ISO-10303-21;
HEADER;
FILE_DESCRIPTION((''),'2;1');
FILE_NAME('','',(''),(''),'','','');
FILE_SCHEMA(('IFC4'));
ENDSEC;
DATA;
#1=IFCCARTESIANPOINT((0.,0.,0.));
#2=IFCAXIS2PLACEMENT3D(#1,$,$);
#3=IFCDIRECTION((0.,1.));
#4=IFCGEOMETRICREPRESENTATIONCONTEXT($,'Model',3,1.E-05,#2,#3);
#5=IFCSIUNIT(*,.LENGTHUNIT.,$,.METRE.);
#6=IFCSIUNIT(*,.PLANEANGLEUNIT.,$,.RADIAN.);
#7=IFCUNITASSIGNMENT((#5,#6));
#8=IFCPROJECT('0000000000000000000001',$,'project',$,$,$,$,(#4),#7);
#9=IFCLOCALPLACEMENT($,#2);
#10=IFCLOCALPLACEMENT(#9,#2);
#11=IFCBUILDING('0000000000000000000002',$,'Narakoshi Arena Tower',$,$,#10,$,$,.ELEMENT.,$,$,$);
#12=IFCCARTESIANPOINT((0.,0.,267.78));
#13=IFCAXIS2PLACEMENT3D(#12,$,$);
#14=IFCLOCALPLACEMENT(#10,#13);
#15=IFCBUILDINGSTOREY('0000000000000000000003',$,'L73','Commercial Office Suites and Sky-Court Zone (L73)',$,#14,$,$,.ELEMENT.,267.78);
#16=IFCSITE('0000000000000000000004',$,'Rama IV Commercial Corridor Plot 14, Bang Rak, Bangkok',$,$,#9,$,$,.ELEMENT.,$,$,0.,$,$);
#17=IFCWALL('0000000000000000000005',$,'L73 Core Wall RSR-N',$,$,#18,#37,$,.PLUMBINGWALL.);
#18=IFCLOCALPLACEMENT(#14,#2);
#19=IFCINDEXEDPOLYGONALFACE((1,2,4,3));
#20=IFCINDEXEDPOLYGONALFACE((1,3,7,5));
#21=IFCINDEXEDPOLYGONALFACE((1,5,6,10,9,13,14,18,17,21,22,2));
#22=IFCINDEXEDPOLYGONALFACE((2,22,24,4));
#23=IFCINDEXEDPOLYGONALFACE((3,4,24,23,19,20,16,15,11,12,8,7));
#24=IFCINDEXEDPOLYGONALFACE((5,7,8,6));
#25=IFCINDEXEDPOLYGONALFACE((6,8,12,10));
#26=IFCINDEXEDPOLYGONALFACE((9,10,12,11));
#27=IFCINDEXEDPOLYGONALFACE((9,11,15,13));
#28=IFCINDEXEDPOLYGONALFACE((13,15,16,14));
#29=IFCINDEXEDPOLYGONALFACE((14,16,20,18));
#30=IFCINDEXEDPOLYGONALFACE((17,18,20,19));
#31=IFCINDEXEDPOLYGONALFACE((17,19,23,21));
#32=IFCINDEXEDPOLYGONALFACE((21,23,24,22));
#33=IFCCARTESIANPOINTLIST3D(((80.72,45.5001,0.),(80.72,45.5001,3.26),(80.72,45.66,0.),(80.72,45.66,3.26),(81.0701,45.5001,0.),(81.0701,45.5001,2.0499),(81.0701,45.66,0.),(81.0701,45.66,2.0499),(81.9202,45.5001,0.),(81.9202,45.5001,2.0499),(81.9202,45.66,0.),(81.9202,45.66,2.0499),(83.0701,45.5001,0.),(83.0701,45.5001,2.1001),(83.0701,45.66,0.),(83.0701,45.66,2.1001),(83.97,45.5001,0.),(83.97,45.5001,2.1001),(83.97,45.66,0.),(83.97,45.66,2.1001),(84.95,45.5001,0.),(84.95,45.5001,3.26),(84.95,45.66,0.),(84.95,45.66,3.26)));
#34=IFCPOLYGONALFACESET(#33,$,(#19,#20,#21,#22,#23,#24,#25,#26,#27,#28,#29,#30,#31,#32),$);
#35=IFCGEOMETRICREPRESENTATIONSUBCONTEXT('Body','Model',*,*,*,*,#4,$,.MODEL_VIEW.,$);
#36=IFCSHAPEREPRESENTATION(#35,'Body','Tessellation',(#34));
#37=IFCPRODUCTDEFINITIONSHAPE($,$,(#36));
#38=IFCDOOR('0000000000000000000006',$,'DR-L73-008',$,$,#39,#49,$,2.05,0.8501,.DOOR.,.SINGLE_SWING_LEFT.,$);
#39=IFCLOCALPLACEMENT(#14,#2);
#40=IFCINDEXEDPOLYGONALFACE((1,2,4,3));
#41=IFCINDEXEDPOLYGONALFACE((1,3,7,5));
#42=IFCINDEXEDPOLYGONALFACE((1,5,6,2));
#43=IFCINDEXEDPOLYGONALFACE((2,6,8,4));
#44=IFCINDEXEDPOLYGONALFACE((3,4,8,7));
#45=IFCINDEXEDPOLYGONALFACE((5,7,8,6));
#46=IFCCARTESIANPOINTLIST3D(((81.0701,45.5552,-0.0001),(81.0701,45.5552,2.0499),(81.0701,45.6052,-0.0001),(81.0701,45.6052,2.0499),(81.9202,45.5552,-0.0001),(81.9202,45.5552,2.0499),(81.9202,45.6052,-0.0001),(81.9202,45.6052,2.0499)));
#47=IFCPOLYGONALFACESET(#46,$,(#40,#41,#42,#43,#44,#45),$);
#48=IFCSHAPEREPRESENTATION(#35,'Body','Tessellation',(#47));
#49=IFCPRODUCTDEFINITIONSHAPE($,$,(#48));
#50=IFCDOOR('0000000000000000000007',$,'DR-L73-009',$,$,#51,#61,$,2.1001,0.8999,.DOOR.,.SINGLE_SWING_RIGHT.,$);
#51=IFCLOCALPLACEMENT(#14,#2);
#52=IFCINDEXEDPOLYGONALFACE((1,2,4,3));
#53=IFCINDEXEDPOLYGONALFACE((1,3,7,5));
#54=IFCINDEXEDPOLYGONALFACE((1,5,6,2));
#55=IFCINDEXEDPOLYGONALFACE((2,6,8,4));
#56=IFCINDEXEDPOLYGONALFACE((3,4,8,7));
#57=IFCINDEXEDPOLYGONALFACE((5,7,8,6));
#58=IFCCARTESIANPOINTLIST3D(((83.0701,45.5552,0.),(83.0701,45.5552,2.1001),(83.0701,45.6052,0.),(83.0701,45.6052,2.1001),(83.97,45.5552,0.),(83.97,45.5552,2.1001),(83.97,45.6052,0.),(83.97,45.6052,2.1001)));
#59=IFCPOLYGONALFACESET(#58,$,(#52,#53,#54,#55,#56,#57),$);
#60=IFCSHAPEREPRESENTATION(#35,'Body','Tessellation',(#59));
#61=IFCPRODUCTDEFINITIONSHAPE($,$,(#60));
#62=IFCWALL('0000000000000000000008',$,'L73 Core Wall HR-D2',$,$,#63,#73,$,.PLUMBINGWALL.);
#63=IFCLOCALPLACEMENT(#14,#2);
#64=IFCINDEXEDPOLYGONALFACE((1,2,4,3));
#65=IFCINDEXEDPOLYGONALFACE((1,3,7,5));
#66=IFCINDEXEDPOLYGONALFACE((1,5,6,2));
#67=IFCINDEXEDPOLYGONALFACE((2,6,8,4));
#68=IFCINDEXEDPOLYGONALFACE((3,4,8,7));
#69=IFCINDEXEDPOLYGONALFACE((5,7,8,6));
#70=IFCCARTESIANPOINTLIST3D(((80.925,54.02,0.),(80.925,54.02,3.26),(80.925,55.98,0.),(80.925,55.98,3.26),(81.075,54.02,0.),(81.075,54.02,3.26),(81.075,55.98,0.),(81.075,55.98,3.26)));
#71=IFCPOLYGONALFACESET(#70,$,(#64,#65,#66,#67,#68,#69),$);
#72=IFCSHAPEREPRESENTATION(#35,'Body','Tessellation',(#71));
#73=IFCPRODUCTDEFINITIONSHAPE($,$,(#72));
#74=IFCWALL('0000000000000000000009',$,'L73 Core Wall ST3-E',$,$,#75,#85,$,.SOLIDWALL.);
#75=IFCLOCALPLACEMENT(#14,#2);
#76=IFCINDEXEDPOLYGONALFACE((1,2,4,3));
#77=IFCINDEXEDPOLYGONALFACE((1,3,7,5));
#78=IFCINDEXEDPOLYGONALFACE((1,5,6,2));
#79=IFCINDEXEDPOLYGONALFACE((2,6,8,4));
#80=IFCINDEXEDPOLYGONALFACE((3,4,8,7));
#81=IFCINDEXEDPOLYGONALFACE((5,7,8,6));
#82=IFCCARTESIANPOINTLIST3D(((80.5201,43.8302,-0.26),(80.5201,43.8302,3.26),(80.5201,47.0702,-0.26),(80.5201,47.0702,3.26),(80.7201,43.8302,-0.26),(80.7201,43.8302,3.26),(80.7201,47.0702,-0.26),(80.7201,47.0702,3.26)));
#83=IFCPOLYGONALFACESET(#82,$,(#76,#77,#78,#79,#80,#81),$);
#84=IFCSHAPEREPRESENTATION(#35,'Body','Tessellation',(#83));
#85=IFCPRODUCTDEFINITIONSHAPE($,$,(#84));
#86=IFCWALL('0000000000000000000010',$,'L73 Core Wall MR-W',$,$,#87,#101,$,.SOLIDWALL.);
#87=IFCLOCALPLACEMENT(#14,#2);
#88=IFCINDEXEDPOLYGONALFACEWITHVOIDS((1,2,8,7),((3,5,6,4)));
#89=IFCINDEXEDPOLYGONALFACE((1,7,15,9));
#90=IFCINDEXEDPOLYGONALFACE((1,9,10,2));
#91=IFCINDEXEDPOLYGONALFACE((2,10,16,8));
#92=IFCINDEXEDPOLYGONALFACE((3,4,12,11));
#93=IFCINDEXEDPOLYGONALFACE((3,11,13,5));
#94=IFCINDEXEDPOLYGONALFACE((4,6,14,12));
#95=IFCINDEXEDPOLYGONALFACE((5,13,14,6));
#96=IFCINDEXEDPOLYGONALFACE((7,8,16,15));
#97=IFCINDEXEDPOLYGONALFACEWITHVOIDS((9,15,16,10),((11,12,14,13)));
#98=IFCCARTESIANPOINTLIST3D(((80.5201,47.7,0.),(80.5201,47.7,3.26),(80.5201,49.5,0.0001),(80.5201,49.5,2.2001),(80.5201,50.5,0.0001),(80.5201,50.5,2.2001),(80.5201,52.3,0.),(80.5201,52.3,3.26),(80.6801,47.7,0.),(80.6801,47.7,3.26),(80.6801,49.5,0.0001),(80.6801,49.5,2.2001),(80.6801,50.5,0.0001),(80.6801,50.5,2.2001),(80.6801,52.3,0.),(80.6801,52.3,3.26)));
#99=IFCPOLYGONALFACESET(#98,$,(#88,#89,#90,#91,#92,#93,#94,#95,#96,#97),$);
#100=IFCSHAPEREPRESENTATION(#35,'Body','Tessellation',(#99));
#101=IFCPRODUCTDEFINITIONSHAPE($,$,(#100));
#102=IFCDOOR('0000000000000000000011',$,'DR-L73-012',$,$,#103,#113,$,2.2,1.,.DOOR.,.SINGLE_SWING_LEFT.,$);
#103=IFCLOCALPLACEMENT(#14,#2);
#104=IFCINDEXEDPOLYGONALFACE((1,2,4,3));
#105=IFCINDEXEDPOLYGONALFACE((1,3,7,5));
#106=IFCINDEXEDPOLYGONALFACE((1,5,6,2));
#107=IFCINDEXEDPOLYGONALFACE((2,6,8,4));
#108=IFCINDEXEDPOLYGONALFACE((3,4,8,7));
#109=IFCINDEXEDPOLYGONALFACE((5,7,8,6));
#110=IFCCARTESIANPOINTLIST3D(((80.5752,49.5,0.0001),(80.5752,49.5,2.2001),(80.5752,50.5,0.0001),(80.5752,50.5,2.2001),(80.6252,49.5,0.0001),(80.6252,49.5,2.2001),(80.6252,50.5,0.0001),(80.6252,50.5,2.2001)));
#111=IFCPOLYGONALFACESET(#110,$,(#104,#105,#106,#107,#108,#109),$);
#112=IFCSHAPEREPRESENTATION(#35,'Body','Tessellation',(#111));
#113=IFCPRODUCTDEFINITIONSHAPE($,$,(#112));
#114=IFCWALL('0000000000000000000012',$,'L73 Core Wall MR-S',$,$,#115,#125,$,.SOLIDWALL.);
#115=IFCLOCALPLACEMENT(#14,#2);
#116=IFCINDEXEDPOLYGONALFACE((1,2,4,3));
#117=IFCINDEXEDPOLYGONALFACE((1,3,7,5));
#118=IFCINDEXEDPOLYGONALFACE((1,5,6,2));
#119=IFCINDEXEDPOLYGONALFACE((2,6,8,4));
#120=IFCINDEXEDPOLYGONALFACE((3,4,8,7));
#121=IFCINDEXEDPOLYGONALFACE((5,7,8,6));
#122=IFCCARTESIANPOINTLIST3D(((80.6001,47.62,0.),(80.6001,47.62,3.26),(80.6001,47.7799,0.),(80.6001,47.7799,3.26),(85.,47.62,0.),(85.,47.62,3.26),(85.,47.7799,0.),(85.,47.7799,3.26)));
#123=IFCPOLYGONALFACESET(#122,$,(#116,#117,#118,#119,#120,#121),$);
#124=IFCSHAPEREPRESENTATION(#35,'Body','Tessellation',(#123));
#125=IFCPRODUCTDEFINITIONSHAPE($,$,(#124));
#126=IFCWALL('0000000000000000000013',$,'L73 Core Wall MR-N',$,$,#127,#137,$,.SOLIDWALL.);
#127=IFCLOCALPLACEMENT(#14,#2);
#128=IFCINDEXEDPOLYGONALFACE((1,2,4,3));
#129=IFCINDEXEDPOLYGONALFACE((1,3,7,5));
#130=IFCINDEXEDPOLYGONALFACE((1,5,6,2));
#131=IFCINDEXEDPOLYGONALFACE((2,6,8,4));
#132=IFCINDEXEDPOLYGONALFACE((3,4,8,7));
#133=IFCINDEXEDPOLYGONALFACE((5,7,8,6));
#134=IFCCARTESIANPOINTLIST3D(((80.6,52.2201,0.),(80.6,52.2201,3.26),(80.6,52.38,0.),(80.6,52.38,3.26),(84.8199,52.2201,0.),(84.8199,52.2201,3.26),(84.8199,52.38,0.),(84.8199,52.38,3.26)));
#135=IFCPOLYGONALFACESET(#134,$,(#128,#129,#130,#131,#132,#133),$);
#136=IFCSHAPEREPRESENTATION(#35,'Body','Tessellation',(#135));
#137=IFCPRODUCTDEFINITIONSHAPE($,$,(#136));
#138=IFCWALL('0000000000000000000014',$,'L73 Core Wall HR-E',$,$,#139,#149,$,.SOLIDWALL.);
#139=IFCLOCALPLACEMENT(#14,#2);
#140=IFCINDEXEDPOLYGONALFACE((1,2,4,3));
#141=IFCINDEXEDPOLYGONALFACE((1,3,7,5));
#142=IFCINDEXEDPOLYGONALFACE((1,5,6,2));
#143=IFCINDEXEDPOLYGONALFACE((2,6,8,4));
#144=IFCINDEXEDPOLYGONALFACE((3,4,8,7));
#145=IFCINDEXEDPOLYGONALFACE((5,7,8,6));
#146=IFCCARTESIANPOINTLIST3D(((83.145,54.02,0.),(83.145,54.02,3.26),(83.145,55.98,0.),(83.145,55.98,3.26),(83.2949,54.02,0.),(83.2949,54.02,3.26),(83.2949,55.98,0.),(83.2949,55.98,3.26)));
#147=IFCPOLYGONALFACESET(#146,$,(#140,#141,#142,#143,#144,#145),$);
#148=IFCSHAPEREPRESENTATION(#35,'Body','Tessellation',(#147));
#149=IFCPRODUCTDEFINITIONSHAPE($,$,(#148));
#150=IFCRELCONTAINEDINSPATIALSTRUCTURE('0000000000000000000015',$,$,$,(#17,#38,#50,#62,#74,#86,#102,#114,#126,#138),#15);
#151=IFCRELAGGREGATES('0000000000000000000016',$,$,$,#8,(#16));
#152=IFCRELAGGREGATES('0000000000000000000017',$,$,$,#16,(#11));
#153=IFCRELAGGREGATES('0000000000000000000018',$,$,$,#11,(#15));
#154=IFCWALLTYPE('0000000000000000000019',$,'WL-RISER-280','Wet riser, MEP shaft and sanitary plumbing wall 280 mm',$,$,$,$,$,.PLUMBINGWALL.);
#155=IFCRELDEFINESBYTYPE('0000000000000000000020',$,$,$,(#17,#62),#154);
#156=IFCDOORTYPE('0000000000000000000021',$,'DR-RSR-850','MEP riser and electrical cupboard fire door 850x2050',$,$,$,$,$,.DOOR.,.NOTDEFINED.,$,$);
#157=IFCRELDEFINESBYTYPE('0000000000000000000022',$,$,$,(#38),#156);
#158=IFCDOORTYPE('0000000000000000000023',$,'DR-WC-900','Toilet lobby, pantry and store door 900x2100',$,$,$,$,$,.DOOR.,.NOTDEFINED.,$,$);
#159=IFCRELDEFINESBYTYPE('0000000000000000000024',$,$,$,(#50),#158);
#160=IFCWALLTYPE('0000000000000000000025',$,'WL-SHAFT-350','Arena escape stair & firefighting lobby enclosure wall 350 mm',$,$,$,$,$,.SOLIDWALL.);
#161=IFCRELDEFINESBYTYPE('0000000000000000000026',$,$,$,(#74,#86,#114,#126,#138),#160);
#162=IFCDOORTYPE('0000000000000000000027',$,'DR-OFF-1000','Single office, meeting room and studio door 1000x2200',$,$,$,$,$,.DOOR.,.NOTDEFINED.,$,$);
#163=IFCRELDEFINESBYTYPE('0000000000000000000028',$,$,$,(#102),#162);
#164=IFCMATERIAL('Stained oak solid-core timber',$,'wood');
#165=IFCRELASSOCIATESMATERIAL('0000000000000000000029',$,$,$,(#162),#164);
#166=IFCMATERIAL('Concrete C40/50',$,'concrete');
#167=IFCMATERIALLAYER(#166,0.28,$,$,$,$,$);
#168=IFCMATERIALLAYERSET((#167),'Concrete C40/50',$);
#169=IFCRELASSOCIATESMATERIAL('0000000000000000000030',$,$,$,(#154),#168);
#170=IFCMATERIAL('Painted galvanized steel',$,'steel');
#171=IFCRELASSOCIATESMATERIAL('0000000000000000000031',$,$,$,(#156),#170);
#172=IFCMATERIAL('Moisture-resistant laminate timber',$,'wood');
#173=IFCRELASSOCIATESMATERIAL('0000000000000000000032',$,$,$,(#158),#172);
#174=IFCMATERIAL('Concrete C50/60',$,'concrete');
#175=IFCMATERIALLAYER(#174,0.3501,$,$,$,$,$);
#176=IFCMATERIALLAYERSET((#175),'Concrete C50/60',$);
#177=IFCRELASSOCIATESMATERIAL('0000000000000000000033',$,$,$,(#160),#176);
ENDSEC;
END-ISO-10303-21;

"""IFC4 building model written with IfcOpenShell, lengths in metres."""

from ifc_helpers import new_model, si_unit, direction, frame, frame_2d, origin, place, context, subcontext, project, spatial, rectangle, extrude, material, layer, layer_set, type_object, element, fill, save


model = new_model("IFC4")

# Units and contexts
model_context = context("Model", 3, precision=1e-05, world=origin(), true_north=direction((0.0, 1.0)))
body_context = subcontext(model_context, "Body", "Model", "MODEL_VIEW")
ifc_project = project(units=[si_unit("LENGTHUNIT", "METRE"), si_unit("PLANEANGLEUNIT", "RADIAN")], contexts=[model_context])

# Site, building, storey
site_placement = place(None, origin())
site = spatial("IfcSite", under=ifc_project, at=site_placement, Name="Rama IV Commercial Corridor Plot 14, Bang Rak, Bangkok", CompositionType="ELEMENT", RefElevation=0.0)
building_placement = place(site_placement, origin())
building = spatial("IfcBuilding", under=site, at=building_placement, Name="Narakoshi Arena Tower", CompositionType="ELEMENT")
storey_placement = place(building_placement, frame((0.0, 0.0, 267.78)))
storey = spatial("IfcBuildingStorey", under=building, at=storey_placement, Name="L73", Description="Commercial Office Suites and Sky-Court Zone (L73)", CompositionType="ELEMENT", Elevation=267.78)

# Shared definitions
ifc_material_1 = material(Name="Concrete C50/60", Category="concrete")

# Shared definitions
ifc_material_2 = material(Name="Stained oak solid-core timber", Category="wood")
door_type_1 = type_object("IfcDoorType", Name="DR-OFF-1000", Description="Single office, meeting room and studio door 1000x2200", OperationType="NOTDEFINED", PredefinedType="DOOR", material=ifc_material_2)

# Shared definitions
ifc_material_3 = material(Name="Concrete C40/50", Category="concrete")
ifc_layer_1 = layer(ifc_material_3, 0.28)
ifc_layer_set_1 = layer_set([ifc_layer_1], Name="Concrete C40/50")
wall_type_1 = type_object("IfcWallType", Name="WL-RISER-280", Description="Wet riser, MEP shaft and sanitary plumbing wall 280 mm", PredefinedType="PLUMBINGWALL", material=ifc_layer_set_1)

# Wall, openings, doors
wall_1_placement = place(storey_placement, frame((80.72, 45.5801, 0.0), z_axis=(0.0, 0.0, 1.0), x_axis=(1.0, 0.0, 0.0)))
wall_1 = element("IfcWall", 1, at=wall_1_placement, inside=storey, type_object=wall_type_1, Name="L73 Core Wall RSR-N", PredefinedType="PLUMBINGWALL", context=body_context, shape_type="SweptSolid", body=[
    extrude(rectangle(XDim=4.23, YDim=0.1599, at=frame_2d((2.115, 0.0))), origin(), (0.0, 0.0, 1.0), 3.26),
])
opening_1_placement = place(wall_1_placement, frame((0.3501, 0.0, 0.0)))
opening_1 = element("IfcOpeningElement", 2, at=opening_1_placement, cuts=wall_1, PredefinedType="OPENING", context=body_context, shape_type="SweptSolid", body=[
    extrude(rectangle(XDim=0.8501, YDim=2.05, at=frame_2d((0.425, 1.0249))), frame((0.0, 0.0898, 0.0), z_axis=(0.0, -1.0, 0.0), x_axis=(1.0, 0.0, 0.0)), (0.0, 0.0, 1.0), 0.1799),
])
opening_2_placement = place(wall_1_placement, frame((2.3501, 0.0, 0.0)))
opening_2 = element("IfcOpeningElement", 3, at=opening_2_placement, cuts=wall_1, PredefinedType="OPENING", context=body_context, shape_type="SweptSolid", body=[
    extrude(rectangle(XDim=0.8999, YDim=2.1001, at=frame_2d((0.45, 1.05))), frame((0.0, 0.0898, 0.0), z_axis=(0.0, -1.0, 0.0), x_axis=(1.0, 0.0, 0.0)), (0.0, 0.0, 1.0), 0.1799),
])
ifc_material_4 = material(Name="Painted galvanized steel", Category="steel")
door_type_2 = type_object("IfcDoorType", Name="DR-RSR-850", Description="MEP riser and electrical cupboard fire door 850x2050", OperationType="NOTDEFINED", PredefinedType="DOOR", material=ifc_material_4)
door_1_placement = place(opening_1_placement, frame((0.8501, 0.0, 0.0), z_axis=(0.0, 0.0, 1.0), x_axis=(-1.0, 0.0, 0.0)))
door_1 = element("IfcDoor", 4, at=door_1_placement, inside=storey, type_object=door_type_2, Name="DR-L73-008", OperationType="SINGLE_SWING_LEFT", OverallHeight=2.05, OverallWidth=0.8501, PredefinedType="DOOR", context=body_context, shape_type="SweptSolid", body=[
    extrude(rectangle(XDim=0.8501, YDim=2.05, at=frame_2d((0.425, 1.0249))), frame((0.0, 0.0249, 0.0), z_axis=(0.0, -1.0, 0.0), x_axis=(1.0, 0.0, 0.0)), (0.0, 0.0, 1.0), 0.05),
])
fill(opening_1, door_1)
ifc_material_5 = material(Name="Moisture-resistant laminate timber", Category="wood")
door_type_3 = type_object("IfcDoorType", Name="DR-WC-900", Description="Toilet lobby, pantry and store door 900x2100", OperationType="NOTDEFINED", PredefinedType="DOOR", material=ifc_material_5)
door_2_placement = place(opening_2_placement, frame((0.8999, 0.0, 0.0), z_axis=(0.0, 0.0, 1.0), x_axis=(-1.0, 0.0, 0.0)))
door_2 = element("IfcDoor", 5, at=door_2_placement, inside=storey, type_object=door_type_3, Name="DR-L73-009", OperationType="SINGLE_SWING_RIGHT", OverallHeight=2.1001, OverallWidth=0.8999, PredefinedType="DOOR", context=body_context, shape_type="SweptSolid", body=[
    extrude(rectangle(XDim=0.8999, YDim=2.1001, at=frame_2d((0.45, 1.05))), frame((0.0, 0.0249, 0.0), z_axis=(0.0, -1.0, 0.0), x_axis=(1.0, 0.0, 0.0)), (0.0, 0.0, 1.0), 0.05),
])
fill(opening_2, door_2)

# Walls
wall_2_placement = place(storey_placement, frame((81.0, 54.02, 0.0), z_axis=(0.0, 0.0, 1.0), x_axis=(0.0, 1.0, 0.0)))
element("IfcWall", 6, at=wall_2_placement, inside=storey, type_object=wall_type_1, Name="L73 Core Wall HR-D2", PredefinedType="PLUMBINGWALL", context=body_context, shape_type="SweptSolid", body=[
    extrude(rectangle(XDim=1.96, YDim=0.1499, at=frame_2d((0.98, 0.0))), origin(), (0.0, 0.0, 1.0), 3.26),
])
ifc_layer_2 = layer(ifc_material_1, 0.3501)
ifc_layer_set_2 = layer_set([ifc_layer_2], Name="Concrete C50/60")
wall_type_2 = type_object("IfcWallType", Name="WL-SHAFT-350", Description="Arena escape stair & firefighting lobby enclosure wall 350 mm", PredefinedType="SOLIDWALL", material=ifc_layer_set_2)
wall_3_placement = place(storey_placement, frame((80.6201, 43.8301, -0.26), z_axis=(0.0, 0.0, 1.0), x_axis=(0.0, 1.0, 0.0)))
element("IfcWall", 7, at=wall_3_placement, inside=storey, type_object=wall_type_2, Name="L73 Core Wall ST3-E", PredefinedType="SOLIDWALL", context=body_context, shape_type="SweptSolid", body=[
    extrude(rectangle(XDim=3.24, YDim=0.2, at=frame_2d((1.6201, 0.0))), origin(), (0.0, 0.0, 1.0), 3.52),
])

# Wall, opening, door
wall_4_placement = place(storey_placement, frame((80.6001, 47.7, 0.0), z_axis=(0.0, 0.0, 1.0), x_axis=(0.0, 1.0, 0.0)))
wall_4 = element("IfcWall", 8, at=wall_4_placement, inside=storey, type_object=wall_type_2, Name="L73 Core Wall MR-W", PredefinedType="SOLIDWALL", context=body_context, shape_type="SweptSolid", body=[
    extrude(rectangle(XDim=4.6001, YDim=0.1599, at=frame_2d((2.3, 0.0))), origin(), (0.0, 0.0, 1.0), 3.26),
])
opening_3_placement = place(wall_4_placement, frame((1.8, 0.0, 0.0)))
opening_3 = element("IfcOpeningElement", 9, at=opening_3_placement, cuts=wall_4, PredefinedType="OPENING", context=body_context, shape_type="SweptSolid", body=[
    extrude(rectangle(XDim=1.0, YDim=2.2, at=frame_2d((0.5, 1.1001))), frame((0.0, 0.0898, 0.0), z_axis=(0.0, -1.0, 0.0), x_axis=(1.0, 0.0, 0.0)), (0.0, 0.0, 1.0), 0.1799),
])
door_3_placement = place(opening_3_placement, origin())
door_3 = element("IfcDoor", 10, at=door_3_placement, inside=storey, type_object=door_type_1, Name="DR-L73-012", OperationType="SINGLE_SWING_LEFT", OverallHeight=2.2, OverallWidth=1.0, PredefinedType="DOOR", context=body_context, shape_type="SweptSolid", body=[
    extrude(rectangle(XDim=1.0, YDim=2.2, at=frame_2d((0.5, 1.1001))), frame((0.0, 0.0249, 0.0), z_axis=(0.0, -1.0, 0.0), x_axis=(1.0, 0.0, 0.0)), (0.0, 0.0, 1.0), 0.05),
])
fill(opening_3, door_3)

# Walls
wall_5_placement = place(storey_placement, frame((80.6001, 47.7, 0.0), z_axis=(0.0, 0.0, 1.0), x_axis=(1.0, 0.0, 0.0)))
element("IfcWall", 11, at=wall_5_placement, inside=storey, type_object=wall_type_2, Name="L73 Core Wall MR-S", PredefinedType="SOLIDWALL", context=body_context, shape_type="SweptSolid", body=[
    extrude(rectangle(XDim=4.3999, YDim=0.1599, at=frame_2d((2.2, 0.0))), origin(), (0.0, 0.0, 1.0), 3.26),
])
wall_6_placement = place(storey_placement, frame((80.6001, 52.3, 0.0), z_axis=(0.0, 0.0, 1.0), x_axis=(1.0, 0.0, 0.0)))
element("IfcWall", 12, at=wall_6_placement, inside=storey, type_object=wall_type_2, Name="L73 Core Wall MR-N", PredefinedType="SOLIDWALL", context=body_context, shape_type="SweptSolid", body=[
    extrude(rectangle(XDim=4.22, YDim=0.1599, at=frame_2d((2.1099, 0.0))), origin(), (0.0, 0.0, 1.0), 3.26),
])
wall_7_placement = place(storey_placement, frame((83.22, 54.02, 0.0), z_axis=(0.0, 0.0, 1.0), x_axis=(0.0, 1.0, 0.0)))
element("IfcWall", 13, at=wall_7_placement, inside=storey, type_object=wall_type_2, Name="L73 Core Wall HR-E", PredefinedType="SOLIDWALL", context=body_context, shape_type="SweptSolid", body=[
    extrude(rectangle(XDim=1.96, YDim=0.1499, at=frame_2d((0.98, 0.0))), origin(), (0.0, 0.0, 1.0), 3.26),
])

save(model, "model.ifc")
